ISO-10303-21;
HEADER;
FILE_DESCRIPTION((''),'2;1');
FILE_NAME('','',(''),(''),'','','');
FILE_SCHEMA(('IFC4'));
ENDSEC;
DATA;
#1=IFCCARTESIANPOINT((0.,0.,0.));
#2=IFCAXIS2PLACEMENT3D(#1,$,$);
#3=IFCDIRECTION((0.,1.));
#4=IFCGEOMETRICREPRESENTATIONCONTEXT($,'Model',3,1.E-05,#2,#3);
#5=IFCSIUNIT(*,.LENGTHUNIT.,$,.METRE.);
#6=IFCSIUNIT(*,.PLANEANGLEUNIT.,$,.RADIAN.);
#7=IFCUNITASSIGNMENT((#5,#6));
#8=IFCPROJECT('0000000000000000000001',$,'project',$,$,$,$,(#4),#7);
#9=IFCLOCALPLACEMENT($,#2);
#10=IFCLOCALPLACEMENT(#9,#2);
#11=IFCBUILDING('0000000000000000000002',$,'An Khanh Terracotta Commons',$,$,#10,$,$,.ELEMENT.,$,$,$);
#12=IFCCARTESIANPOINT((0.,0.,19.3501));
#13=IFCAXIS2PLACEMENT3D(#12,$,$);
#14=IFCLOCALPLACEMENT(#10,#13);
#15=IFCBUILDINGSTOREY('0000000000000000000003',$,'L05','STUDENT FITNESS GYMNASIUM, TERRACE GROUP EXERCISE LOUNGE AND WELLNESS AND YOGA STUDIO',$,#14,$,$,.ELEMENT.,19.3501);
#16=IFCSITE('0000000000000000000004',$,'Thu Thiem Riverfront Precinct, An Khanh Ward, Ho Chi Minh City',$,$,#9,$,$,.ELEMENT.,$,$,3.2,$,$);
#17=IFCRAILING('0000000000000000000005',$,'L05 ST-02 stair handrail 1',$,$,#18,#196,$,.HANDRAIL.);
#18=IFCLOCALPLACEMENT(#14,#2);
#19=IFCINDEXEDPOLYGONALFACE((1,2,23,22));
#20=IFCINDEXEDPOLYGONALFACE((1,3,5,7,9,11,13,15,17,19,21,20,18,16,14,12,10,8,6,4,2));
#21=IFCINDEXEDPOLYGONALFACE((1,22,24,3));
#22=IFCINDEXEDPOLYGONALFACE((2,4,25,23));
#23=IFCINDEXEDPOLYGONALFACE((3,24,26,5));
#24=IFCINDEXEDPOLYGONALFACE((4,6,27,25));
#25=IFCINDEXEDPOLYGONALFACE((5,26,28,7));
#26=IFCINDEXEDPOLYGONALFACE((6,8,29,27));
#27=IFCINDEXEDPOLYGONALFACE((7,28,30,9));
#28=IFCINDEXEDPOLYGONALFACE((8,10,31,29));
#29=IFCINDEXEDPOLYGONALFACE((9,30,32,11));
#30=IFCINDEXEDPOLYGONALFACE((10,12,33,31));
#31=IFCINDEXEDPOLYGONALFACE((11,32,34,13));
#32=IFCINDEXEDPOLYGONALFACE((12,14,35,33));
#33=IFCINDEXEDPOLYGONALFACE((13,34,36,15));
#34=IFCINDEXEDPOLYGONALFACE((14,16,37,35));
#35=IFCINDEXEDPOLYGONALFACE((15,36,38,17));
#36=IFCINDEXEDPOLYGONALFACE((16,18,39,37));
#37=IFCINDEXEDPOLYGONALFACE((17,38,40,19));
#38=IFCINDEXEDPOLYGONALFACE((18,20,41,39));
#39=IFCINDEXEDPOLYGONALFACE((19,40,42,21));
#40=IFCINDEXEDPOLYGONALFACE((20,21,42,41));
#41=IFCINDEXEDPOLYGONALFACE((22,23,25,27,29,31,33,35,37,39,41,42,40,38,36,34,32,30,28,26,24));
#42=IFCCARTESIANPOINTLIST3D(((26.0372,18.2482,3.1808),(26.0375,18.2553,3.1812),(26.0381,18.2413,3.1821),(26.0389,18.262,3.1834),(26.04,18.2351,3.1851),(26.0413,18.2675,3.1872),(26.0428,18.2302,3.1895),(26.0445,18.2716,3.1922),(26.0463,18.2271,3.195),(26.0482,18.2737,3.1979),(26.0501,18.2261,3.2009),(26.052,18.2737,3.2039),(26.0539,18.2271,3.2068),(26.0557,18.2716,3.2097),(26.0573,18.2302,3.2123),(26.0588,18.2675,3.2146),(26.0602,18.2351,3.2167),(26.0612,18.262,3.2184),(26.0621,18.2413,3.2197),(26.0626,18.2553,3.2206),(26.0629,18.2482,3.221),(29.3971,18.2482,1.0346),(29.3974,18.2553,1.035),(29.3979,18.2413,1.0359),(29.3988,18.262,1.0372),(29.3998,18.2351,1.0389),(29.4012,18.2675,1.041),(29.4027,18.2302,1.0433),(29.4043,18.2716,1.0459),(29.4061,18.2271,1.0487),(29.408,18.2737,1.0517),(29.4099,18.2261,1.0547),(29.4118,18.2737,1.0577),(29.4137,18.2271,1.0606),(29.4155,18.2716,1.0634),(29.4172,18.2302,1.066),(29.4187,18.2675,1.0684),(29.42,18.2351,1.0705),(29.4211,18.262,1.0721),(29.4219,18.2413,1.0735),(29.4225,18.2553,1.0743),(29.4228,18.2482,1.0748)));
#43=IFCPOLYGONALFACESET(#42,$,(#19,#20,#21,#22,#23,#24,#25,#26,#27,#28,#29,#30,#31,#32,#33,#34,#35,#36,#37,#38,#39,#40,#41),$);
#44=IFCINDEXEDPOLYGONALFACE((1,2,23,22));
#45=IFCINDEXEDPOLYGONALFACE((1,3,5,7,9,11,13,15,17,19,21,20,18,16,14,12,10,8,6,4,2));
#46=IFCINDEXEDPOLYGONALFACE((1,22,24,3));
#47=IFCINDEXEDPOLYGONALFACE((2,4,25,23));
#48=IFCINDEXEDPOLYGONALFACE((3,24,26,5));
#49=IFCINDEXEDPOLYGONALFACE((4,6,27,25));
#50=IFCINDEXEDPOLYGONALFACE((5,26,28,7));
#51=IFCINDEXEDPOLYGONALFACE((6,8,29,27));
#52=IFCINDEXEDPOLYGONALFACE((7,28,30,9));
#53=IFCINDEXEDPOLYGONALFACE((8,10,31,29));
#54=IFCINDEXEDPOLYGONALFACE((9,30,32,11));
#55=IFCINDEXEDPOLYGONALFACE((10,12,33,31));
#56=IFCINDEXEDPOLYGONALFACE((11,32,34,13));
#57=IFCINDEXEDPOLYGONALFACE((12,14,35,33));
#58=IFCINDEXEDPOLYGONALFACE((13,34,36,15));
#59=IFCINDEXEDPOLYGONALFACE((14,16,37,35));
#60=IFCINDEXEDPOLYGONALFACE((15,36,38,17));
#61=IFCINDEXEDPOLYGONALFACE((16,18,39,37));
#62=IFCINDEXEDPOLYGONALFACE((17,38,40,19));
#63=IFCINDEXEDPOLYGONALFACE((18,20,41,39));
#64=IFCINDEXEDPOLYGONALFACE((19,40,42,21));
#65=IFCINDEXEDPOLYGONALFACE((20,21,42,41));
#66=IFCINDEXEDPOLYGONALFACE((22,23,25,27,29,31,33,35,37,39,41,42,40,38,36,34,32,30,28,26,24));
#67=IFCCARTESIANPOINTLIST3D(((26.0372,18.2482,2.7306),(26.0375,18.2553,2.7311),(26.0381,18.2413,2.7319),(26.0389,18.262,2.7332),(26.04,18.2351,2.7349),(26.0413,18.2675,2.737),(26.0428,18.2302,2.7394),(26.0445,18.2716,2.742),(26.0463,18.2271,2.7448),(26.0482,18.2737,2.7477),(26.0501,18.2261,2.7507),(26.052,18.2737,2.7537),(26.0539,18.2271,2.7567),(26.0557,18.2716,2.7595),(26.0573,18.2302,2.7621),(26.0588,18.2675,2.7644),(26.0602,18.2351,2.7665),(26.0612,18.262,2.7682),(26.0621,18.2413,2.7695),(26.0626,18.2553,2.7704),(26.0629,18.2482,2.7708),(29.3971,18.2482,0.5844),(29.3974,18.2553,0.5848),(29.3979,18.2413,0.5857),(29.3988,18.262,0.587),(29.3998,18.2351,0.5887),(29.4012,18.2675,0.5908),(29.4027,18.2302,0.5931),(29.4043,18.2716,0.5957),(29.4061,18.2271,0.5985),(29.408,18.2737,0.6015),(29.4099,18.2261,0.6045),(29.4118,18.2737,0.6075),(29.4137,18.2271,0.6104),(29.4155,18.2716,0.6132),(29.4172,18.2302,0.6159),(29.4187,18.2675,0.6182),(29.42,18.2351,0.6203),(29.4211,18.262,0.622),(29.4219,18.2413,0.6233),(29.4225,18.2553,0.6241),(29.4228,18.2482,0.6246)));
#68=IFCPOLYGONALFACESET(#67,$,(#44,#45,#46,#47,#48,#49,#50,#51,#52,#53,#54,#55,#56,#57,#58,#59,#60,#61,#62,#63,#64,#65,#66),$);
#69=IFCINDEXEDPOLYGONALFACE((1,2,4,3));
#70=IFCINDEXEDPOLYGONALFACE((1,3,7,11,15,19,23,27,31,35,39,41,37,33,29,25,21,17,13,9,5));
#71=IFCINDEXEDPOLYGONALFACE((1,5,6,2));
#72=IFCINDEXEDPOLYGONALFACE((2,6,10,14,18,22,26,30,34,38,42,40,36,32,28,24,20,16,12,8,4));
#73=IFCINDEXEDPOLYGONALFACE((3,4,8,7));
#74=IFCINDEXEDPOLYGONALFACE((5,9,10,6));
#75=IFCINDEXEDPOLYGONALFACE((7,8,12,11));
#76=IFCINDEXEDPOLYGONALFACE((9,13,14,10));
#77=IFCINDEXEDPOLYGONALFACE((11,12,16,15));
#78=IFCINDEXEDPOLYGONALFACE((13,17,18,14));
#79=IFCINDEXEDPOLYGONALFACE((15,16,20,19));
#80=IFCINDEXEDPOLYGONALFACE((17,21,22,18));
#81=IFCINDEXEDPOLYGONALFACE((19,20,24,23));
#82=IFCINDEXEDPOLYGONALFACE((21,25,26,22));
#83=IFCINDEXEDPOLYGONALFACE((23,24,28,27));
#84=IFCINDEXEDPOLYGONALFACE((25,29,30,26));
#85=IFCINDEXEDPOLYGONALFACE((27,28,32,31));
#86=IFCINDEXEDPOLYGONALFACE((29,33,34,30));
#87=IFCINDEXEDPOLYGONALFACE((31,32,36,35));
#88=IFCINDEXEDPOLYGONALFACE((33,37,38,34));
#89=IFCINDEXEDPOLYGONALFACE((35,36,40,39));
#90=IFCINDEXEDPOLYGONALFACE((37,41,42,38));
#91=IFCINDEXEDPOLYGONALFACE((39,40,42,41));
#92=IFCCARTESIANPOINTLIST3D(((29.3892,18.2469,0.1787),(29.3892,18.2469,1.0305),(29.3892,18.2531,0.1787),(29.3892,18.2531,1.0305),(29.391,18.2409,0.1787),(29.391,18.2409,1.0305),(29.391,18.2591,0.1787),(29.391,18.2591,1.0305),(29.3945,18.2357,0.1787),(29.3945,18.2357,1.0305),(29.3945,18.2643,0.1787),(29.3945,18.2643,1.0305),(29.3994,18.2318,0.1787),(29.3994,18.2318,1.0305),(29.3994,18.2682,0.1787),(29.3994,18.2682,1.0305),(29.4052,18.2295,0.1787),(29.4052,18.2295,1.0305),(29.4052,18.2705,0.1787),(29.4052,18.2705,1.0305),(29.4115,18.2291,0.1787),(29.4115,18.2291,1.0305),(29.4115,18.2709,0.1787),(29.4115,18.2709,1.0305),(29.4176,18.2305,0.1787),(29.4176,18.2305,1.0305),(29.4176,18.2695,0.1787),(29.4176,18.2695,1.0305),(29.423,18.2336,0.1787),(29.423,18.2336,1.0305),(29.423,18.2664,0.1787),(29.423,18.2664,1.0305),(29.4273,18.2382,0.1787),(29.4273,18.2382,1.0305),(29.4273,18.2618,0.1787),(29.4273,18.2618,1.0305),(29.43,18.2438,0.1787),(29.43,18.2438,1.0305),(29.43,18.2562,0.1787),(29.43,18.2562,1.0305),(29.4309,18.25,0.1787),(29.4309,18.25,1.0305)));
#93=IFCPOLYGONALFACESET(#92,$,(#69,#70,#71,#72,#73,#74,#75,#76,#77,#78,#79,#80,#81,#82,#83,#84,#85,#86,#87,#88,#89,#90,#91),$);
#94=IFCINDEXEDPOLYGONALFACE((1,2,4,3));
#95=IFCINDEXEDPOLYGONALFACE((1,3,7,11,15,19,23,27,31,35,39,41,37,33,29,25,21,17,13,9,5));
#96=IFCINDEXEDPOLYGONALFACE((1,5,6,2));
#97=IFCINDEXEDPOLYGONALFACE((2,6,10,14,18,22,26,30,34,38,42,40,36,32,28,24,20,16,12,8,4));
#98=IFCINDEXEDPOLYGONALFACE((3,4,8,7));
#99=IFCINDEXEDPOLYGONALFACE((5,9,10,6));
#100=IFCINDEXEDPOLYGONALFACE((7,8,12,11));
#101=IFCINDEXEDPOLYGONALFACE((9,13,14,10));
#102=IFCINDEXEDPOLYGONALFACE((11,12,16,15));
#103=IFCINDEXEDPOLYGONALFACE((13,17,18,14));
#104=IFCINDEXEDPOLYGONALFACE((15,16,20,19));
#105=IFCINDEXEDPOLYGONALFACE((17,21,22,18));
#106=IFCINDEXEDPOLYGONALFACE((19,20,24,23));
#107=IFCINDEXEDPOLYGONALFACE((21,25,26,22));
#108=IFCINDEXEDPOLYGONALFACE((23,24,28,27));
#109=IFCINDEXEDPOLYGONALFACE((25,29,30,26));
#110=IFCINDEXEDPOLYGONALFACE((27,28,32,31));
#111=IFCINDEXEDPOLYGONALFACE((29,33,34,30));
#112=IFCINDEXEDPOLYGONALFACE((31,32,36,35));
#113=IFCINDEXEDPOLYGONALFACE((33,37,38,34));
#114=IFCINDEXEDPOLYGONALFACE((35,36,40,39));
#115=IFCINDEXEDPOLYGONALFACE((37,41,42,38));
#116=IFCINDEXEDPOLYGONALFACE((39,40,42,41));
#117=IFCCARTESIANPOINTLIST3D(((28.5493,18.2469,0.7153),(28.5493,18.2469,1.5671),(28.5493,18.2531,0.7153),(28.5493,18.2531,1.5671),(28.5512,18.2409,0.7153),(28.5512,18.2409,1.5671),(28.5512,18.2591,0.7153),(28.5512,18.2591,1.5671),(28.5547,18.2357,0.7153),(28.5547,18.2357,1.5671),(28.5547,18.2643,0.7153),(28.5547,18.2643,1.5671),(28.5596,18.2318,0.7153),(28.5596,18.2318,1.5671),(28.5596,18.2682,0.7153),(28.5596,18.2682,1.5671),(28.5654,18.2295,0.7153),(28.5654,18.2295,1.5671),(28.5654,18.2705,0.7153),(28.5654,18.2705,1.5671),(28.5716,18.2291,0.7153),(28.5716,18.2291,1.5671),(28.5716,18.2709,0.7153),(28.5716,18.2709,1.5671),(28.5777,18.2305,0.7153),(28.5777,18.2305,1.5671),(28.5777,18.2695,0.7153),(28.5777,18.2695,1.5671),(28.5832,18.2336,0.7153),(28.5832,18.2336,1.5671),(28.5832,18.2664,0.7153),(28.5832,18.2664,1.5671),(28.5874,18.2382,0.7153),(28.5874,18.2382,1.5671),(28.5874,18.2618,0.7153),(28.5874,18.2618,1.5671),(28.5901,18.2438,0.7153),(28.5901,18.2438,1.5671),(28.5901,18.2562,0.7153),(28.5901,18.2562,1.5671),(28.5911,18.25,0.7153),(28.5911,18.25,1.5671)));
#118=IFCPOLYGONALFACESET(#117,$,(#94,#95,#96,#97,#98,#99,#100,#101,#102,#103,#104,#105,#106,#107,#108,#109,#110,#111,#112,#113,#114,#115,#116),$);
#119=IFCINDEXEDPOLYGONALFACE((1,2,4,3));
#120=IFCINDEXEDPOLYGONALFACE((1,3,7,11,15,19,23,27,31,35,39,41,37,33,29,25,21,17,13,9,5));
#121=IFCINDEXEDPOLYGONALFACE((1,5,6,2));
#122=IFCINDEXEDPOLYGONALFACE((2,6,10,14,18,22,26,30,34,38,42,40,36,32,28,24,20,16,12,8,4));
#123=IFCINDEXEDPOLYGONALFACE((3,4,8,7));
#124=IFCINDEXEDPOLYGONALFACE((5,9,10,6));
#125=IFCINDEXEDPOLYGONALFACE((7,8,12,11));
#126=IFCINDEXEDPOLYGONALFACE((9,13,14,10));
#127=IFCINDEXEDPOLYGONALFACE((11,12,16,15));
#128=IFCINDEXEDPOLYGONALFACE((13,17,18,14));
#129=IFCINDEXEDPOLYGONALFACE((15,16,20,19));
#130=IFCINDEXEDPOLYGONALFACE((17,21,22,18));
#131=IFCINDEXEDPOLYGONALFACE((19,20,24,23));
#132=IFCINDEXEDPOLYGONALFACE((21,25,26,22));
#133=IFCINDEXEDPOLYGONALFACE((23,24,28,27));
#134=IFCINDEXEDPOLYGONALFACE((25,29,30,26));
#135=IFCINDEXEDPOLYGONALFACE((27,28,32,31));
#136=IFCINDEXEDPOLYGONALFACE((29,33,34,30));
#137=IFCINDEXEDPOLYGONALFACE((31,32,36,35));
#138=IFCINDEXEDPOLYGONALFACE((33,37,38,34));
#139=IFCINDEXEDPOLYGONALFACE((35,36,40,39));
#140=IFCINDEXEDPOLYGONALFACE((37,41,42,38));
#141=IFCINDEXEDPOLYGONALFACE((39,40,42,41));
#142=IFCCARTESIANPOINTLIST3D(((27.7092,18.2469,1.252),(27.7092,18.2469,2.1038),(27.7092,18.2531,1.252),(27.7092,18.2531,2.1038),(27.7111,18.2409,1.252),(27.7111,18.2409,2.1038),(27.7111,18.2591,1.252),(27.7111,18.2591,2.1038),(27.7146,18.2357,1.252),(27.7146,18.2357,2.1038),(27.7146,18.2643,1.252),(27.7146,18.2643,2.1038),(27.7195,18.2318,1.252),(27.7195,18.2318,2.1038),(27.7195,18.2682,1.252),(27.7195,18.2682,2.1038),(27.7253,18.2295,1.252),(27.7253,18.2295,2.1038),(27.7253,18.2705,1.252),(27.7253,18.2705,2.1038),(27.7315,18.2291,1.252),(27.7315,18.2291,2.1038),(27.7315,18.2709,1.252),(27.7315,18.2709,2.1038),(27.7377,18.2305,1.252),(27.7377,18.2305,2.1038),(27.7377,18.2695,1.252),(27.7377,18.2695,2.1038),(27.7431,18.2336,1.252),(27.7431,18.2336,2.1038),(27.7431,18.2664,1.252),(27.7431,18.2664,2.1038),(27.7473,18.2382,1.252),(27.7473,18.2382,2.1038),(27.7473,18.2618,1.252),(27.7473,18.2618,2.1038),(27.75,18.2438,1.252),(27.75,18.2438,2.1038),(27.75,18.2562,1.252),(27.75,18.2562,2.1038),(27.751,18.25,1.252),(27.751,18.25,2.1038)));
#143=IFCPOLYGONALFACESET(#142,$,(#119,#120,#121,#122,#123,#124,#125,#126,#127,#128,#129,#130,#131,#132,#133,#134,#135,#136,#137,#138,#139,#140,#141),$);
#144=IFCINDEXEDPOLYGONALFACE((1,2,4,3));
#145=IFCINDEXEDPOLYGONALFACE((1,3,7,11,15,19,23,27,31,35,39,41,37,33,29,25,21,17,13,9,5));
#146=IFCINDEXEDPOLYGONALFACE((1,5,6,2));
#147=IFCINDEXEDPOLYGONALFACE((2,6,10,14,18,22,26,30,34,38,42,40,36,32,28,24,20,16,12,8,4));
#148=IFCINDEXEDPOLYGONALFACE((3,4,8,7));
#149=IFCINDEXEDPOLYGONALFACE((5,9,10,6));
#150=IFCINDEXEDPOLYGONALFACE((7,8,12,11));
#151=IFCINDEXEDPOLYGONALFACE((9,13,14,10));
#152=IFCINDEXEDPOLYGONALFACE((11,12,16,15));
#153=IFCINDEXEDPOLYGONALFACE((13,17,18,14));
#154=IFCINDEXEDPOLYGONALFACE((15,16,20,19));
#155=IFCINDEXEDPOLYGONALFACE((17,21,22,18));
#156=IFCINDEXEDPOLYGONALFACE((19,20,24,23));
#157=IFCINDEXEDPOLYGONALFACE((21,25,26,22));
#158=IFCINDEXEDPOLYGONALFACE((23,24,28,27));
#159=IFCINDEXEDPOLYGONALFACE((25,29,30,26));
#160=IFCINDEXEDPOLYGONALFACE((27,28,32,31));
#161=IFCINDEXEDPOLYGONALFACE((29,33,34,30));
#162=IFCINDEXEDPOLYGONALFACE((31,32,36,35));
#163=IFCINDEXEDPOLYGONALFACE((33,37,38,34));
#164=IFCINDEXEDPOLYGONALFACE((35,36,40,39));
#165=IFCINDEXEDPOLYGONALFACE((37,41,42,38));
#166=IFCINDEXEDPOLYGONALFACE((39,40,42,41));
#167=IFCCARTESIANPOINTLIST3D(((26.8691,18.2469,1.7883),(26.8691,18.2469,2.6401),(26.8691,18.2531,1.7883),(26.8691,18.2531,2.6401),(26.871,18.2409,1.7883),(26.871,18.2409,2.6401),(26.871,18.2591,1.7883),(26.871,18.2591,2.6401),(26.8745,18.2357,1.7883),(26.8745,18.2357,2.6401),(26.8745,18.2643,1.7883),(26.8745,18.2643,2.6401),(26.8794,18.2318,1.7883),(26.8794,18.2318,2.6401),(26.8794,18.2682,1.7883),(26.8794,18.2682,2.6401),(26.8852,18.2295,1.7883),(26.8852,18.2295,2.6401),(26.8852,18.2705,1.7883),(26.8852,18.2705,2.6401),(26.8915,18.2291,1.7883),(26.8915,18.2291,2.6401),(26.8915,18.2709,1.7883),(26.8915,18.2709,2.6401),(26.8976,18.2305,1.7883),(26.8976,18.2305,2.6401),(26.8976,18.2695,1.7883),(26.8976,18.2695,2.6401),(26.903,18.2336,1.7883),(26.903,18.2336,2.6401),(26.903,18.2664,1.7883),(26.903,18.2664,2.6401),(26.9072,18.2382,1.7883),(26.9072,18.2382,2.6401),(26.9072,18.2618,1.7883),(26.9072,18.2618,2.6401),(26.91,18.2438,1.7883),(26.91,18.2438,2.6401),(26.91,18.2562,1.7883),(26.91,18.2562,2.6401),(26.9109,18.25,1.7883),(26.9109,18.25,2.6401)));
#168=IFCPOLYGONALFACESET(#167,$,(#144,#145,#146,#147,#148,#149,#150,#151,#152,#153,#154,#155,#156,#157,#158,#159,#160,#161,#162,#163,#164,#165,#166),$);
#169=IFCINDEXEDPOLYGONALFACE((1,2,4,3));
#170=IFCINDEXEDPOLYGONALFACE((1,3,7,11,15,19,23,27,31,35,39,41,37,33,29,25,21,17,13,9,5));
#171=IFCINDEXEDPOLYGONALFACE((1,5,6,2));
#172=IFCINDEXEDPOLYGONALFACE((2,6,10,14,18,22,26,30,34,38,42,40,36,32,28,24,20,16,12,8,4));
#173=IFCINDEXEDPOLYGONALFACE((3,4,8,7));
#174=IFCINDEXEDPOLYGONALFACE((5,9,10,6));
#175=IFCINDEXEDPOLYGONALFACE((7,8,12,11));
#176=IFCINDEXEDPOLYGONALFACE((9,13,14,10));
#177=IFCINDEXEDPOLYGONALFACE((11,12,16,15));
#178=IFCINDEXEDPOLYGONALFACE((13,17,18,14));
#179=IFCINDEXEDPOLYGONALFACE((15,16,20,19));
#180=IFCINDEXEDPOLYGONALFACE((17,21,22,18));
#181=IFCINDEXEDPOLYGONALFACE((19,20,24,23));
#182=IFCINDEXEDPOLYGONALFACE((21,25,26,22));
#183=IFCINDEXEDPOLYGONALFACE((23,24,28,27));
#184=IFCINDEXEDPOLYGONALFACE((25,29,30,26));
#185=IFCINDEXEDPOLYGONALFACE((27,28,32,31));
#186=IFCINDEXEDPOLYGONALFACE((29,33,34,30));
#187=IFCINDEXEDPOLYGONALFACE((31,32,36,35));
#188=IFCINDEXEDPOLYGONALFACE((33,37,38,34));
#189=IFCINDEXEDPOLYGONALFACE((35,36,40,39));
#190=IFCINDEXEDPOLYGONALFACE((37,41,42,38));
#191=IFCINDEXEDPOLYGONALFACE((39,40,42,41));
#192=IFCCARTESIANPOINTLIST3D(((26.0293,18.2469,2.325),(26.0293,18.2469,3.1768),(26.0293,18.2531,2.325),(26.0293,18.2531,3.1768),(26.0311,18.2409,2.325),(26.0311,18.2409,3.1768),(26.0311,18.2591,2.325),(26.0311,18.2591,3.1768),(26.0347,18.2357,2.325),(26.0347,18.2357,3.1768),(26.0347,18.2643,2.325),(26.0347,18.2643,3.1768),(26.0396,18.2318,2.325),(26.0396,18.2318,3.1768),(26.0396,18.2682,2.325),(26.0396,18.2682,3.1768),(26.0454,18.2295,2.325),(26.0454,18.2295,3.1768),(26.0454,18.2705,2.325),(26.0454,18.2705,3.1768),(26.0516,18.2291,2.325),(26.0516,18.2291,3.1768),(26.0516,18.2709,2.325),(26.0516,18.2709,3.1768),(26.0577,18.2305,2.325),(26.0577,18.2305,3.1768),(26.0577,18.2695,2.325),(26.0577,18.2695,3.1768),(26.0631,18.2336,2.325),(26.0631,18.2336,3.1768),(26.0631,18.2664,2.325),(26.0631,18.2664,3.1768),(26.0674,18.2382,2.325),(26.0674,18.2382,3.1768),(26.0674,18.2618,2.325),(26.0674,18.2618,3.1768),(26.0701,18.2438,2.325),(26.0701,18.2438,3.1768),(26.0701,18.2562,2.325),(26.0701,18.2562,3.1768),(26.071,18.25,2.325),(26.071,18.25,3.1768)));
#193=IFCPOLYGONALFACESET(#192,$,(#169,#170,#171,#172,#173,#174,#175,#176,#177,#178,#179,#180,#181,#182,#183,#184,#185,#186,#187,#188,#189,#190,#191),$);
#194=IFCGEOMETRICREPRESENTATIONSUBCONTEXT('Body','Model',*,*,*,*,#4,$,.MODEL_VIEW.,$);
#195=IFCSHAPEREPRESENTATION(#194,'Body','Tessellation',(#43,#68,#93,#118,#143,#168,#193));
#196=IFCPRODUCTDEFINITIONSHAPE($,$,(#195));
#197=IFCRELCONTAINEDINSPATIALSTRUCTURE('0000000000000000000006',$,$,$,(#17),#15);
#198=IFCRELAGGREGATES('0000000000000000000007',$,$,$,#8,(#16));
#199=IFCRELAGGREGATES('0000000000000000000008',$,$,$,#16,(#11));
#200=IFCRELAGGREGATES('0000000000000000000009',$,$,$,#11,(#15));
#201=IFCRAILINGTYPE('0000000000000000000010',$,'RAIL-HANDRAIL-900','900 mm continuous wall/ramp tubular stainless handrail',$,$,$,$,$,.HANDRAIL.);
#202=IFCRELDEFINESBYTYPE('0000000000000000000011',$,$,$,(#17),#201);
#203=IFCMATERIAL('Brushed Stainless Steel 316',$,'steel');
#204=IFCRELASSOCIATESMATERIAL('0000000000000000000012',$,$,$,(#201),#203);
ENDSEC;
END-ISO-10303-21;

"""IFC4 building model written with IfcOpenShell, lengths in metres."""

from ifc_helpers import new_model, si_unit, direction, frame, origin, origin_2d, place, context, subcontext, project, spatial, circle, extrude, material, type_object, element, save


model = new_model("IFC4")

# Units and contexts
model_context = context("Model", 3, precision=1e-05, world=origin(), true_north=direction((0.0, 1.0)))
body_context = subcontext(model_context, "Body", "Model", "MODEL_VIEW")
ifc_project = project(units=[si_unit("LENGTHUNIT", "METRE"), si_unit("PLANEANGLEUNIT", "RADIAN")], contexts=[model_context])

# Site, building, storey
site_placement = place(None, origin())
site = spatial("IfcSite", under=ifc_project, at=site_placement, Name="Thu Thiem Riverfront Precinct, An Khanh Ward, Ho Chi Minh City", CompositionType="ELEMENT", RefElevation=3.2)
building_placement = place(site_placement, origin())
building = spatial("IfcBuilding", under=site, at=building_placement, Name="An Khanh Terracotta Commons", CompositionType="ELEMENT")
storey_placement = place(building_placement, frame((0.0, 0.0, 19.3501)))
storey = spatial("IfcBuildingStorey", under=building, at=storey_placement, Name="L05", Description="STUDENT FITNESS GYMNASIUM, TERRACE GROUP EXERCISE LOUNGE AND WELLNESS AND YOGA STUDIO", CompositionType="ELEMENT", Elevation=19.3501)

# Railing
ifc_material_1 = material(Name="Brushed Stainless Steel 316", Category="steel")
railing_type_1 = type_object("IfcRailingType", Name="RAIL-HANDRAIL-900", Description="900 mm continuous wall/ramp tubular stainless handrail", PredefinedType="HANDRAIL", material=ifc_material_1)
railing_1_placement = place(storey_placement, frame((29.4099, 18.25, 0.1787)))
element("IfcRailing", 1, at=railing_1_placement, inside=storey, type_object=railing_type_1, Name="L05 ST-02 stair handrail 1", PredefinedType="HANDRAIL", context=body_context, shape_type="SweptSolid", body=[
    extrude(circle(Radius=0.0239, at=origin_2d()), frame((0.0, 0.0, 0.876), z_axis=(-0.842735, 0.0, 0.538329), x_axis=(0.0, -1.0, 0.0)), (0.0, 0.0, 1.0), 3.9868),
    extrude(circle(Radius=0.0239, at=origin_2d()), frame((0.0, 0.0, 0.4258), z_axis=(-0.842735, 0.0, 0.538329), x_axis=(0.0, -1.0, 0.0)), (0.0, 0.0, 1.0), 3.9868),
    extrude(circle(Radius=0.021, at=origin_2d()), origin(), (0.0, 0.0, 1.0), 0.8518),
    extrude(circle(Radius=0.021, at=origin_2d()), frame((-0.8398, 0.0, 0.5366)), (0.0, 0.0, 1.0), 0.8518),
    extrude(circle(Radius=0.021, at=origin_2d()), frame((-1.6799, 0.0, 1.0732)), (0.0, 0.0, 1.0), 0.8518),
    extrude(circle(Radius=0.021, at=origin_2d()), frame((-2.52, 0.0, 1.6096)), (0.0, 0.0, 1.0), 0.8518),
    extrude(circle(Radius=0.021, at=origin_2d()), frame((-3.3599, 0.0, 2.1462)), (0.0, 0.0, 1.0), 0.8518),
])

save(model, "model.ifc")
